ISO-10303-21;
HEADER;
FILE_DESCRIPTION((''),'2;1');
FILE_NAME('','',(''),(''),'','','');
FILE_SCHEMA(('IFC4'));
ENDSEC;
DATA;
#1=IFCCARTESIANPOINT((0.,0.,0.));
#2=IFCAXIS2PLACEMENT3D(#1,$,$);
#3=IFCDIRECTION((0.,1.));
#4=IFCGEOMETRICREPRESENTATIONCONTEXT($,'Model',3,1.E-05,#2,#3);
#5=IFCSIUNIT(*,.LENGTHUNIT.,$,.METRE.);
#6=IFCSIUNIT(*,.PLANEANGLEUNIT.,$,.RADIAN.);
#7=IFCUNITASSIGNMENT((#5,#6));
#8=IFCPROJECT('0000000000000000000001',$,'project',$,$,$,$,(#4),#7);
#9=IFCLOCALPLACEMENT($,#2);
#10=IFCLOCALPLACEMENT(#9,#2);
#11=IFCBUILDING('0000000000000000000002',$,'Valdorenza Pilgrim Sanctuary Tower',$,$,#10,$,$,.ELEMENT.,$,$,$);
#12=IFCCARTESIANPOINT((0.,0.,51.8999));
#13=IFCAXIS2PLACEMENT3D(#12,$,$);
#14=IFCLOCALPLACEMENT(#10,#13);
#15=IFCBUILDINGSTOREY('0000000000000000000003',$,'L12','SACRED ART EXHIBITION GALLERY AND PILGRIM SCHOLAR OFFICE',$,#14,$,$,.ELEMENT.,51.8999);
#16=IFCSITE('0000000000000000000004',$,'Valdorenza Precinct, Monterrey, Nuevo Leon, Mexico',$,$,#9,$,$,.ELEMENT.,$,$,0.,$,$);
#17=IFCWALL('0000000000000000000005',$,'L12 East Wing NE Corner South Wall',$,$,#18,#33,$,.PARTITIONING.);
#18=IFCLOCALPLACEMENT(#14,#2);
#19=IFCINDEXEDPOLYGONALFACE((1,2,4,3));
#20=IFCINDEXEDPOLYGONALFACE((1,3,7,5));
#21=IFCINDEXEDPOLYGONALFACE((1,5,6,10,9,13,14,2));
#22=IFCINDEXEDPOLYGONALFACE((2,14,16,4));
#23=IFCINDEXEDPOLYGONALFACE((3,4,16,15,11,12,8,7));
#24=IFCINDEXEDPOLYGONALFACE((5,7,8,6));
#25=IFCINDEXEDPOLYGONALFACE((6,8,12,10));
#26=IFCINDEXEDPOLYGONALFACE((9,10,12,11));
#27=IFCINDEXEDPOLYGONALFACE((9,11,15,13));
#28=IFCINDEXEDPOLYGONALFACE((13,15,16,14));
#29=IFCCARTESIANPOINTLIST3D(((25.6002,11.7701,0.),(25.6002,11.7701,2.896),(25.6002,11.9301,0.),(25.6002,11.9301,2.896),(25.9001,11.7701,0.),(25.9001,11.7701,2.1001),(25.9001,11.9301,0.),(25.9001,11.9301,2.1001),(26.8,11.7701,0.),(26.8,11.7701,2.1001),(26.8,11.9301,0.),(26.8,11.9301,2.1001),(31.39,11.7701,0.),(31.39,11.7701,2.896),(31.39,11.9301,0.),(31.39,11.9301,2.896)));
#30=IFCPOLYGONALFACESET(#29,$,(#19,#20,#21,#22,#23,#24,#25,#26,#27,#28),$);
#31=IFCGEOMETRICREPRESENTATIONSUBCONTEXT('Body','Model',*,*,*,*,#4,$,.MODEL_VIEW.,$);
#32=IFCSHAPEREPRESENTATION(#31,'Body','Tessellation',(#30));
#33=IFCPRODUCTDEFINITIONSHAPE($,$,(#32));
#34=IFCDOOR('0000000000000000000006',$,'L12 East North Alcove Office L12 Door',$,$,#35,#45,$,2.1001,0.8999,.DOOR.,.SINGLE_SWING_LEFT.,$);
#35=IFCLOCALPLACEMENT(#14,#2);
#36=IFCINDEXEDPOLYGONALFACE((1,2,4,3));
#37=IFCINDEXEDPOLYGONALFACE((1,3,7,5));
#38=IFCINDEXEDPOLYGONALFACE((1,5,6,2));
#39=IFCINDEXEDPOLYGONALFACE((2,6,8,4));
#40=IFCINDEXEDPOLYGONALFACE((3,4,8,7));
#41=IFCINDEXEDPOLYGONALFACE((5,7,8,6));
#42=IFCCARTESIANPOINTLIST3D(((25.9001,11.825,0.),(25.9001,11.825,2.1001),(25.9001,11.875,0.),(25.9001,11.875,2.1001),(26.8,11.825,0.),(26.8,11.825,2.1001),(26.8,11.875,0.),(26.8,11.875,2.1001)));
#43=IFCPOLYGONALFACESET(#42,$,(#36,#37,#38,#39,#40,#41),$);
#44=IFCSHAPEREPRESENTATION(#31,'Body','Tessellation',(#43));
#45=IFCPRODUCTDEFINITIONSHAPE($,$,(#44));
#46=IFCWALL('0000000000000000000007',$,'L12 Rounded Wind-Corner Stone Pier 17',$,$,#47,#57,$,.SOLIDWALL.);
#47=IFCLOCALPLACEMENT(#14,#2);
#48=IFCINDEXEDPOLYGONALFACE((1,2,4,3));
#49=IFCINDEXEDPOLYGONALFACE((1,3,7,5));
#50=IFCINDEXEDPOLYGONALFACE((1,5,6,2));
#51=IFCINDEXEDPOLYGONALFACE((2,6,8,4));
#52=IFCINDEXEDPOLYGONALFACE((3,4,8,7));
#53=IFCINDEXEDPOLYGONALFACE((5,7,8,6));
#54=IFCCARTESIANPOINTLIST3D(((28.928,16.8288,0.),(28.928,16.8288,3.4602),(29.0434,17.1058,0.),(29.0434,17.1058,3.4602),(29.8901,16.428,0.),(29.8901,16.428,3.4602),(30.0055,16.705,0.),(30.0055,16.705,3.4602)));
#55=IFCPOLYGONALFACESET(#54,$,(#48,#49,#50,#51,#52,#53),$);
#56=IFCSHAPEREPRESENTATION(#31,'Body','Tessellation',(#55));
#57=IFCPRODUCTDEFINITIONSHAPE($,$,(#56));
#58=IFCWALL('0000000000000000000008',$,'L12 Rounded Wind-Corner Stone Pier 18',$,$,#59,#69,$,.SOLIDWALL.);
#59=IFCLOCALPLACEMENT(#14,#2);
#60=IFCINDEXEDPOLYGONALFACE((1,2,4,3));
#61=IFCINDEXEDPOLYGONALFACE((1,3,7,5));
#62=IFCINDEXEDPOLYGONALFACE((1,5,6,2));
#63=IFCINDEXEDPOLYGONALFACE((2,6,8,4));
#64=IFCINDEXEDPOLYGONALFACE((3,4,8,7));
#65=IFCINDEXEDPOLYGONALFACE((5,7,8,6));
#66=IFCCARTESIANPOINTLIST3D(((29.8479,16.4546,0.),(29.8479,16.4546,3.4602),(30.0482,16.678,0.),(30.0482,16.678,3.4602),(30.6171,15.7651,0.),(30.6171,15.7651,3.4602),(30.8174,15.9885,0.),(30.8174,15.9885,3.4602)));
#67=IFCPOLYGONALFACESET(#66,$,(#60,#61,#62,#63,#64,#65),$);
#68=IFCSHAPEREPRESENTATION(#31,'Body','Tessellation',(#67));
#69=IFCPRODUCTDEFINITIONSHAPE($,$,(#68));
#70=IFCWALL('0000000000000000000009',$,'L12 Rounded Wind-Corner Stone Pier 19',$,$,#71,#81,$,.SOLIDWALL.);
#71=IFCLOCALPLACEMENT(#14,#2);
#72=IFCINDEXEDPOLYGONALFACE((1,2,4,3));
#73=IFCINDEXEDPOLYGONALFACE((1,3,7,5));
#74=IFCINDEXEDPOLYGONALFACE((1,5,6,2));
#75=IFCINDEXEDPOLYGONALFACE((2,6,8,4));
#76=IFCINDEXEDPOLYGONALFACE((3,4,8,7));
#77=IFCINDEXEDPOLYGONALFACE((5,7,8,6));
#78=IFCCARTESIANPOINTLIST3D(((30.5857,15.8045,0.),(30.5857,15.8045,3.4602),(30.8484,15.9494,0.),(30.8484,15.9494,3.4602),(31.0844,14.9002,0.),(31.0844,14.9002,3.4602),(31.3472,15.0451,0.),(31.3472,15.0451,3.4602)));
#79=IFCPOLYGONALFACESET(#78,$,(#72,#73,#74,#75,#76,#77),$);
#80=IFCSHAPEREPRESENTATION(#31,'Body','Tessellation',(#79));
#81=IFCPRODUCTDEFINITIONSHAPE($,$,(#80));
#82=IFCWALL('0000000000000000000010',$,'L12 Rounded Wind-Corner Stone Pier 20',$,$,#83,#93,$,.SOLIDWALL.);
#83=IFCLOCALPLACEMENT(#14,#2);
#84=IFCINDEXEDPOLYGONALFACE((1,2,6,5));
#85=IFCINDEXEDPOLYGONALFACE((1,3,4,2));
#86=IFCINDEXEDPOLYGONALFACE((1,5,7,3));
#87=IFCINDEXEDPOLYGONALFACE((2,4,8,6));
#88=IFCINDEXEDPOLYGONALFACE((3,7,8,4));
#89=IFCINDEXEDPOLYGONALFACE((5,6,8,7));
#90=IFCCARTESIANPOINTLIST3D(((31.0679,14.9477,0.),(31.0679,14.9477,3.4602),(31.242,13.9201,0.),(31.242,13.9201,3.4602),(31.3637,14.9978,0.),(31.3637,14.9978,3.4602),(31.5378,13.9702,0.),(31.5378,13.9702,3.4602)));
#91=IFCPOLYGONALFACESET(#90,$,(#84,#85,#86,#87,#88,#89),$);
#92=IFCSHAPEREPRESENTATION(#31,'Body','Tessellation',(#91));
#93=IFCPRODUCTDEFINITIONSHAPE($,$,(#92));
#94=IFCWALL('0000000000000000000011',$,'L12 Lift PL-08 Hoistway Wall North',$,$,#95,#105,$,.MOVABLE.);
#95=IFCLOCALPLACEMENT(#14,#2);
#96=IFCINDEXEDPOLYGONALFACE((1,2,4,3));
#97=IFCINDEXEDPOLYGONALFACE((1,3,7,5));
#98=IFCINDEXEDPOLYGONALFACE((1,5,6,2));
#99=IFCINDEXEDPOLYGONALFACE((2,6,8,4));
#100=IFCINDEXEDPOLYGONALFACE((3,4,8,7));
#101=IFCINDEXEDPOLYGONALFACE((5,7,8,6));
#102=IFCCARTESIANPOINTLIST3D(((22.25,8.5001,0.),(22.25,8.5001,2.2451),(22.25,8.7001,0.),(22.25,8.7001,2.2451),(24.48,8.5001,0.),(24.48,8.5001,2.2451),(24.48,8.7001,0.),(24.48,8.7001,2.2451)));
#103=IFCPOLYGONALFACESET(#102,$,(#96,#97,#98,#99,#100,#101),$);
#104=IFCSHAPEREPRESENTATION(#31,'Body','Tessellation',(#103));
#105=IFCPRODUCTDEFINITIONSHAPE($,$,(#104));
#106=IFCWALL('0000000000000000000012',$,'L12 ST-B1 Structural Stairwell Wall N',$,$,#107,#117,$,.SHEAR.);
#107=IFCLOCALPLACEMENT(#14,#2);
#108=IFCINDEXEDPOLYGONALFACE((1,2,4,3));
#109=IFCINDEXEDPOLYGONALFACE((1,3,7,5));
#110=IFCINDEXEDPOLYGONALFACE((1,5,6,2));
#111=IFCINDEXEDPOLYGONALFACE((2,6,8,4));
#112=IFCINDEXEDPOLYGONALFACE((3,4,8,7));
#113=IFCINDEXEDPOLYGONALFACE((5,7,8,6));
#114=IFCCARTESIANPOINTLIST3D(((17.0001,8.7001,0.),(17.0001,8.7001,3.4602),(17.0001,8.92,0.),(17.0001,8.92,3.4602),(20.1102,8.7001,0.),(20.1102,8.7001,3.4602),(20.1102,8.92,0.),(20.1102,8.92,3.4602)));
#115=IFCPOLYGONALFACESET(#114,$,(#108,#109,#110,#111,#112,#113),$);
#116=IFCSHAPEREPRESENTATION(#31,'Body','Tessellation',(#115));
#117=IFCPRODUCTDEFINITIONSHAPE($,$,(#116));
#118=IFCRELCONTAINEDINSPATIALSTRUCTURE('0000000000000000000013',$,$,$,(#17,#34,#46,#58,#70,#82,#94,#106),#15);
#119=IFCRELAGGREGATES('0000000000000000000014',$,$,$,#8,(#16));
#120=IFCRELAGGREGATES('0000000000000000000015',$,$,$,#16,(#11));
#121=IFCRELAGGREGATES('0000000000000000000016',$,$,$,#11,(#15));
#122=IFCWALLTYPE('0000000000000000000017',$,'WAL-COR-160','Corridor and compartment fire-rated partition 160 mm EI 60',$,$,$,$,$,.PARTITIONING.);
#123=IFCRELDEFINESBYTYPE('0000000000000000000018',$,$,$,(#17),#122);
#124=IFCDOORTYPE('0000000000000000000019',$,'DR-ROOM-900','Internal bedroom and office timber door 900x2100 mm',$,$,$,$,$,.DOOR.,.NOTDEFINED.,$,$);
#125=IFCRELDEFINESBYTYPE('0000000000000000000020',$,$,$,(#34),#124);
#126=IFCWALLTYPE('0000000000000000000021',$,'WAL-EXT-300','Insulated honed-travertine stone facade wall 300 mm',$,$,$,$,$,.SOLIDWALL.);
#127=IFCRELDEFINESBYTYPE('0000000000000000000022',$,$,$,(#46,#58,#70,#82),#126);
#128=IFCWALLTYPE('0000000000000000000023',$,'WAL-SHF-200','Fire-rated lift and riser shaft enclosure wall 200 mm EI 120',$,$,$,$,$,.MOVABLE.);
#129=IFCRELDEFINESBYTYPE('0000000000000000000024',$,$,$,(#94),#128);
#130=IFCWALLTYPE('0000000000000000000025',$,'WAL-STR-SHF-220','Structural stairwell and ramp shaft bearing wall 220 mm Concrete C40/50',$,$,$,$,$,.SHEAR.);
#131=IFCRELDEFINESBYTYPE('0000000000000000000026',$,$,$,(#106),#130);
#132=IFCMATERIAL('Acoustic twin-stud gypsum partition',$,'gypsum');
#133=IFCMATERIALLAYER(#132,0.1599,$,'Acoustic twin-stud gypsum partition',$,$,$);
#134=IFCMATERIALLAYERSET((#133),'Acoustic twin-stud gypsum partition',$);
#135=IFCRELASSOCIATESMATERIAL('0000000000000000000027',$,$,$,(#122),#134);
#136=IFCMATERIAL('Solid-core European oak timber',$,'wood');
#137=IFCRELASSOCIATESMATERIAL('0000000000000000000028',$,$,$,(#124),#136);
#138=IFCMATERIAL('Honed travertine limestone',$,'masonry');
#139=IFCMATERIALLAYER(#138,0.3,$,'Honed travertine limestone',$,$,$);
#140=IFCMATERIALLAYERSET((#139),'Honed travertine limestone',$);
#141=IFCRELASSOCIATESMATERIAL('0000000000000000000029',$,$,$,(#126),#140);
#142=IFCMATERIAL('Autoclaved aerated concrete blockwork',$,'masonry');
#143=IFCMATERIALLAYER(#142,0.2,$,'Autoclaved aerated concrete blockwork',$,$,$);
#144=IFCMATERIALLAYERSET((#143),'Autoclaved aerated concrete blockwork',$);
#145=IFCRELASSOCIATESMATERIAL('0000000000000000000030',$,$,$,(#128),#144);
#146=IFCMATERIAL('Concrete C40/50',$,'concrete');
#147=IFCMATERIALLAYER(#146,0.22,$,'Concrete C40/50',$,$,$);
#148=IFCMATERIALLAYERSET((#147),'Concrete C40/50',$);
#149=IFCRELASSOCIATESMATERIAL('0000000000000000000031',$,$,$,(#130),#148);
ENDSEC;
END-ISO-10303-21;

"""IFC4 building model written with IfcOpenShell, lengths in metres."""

from ifc_helpers import new_model, si_unit, direction, frame, frame_2d, origin, place, context, subcontext, project, spatial, rectangle, extrude, material, layer, layer_set, type_object, element, fill, save


model = new_model("IFC4")

# Units and contexts
model_context = context("Model", 3, precision=1e-05, world=origin(), true_north=direction((0.0, 1.0)))
body_context = subcontext(model_context, "Body", "Model", "MODEL_VIEW")
ifc_project = project(units=[si_unit("LENGTHUNIT", "METRE"), si_unit("PLANEANGLEUNIT", "RADIAN")], contexts=[model_context])

# Site, building, storey
site_placement = place(None, origin())
site = spatial("IfcSite", under=ifc_project, at=site_placement, Name="Valdorenza Precinct, Monterrey, Nuevo Leon, Mexico", CompositionType="ELEMENT", RefElevation=0.0)
building_placement = place(site_placement, origin())
building = spatial("IfcBuilding", under=site, at=building_placement, Name="Valdorenza Pilgrim Sanctuary Tower", CompositionType="ELEMENT")
storey_placement = place(building_placement, frame((0.0, 0.0, 51.8999)))
storey = spatial("IfcBuildingStorey", under=building, at=storey_placement, Name="L12", Description="SACRED ART EXHIBITION GALLERY AND PILGRIM SCHOLAR OFFICE", CompositionType="ELEMENT", Elevation=51.8999)

# Shared definitions
ifc_material_1 = material(Name="Honed travertine limestone", Category="masonry")

# Shared definitions
ifc_material_2 = material(Name="Acoustic twin-stud gypsum partition", Category="gypsum")
ifc_layer_1 = layer(ifc_material_2, 0.1599, Name="Acoustic twin-stud gypsum partition")
ifc_layer_set_1 = layer_set([ifc_layer_1], Name="Acoustic twin-stud gypsum partition")
wall_type_1 = type_object("IfcWallType", Name="WAL-COR-160", Description="Corridor and compartment fire-rated partition 160 mm EI 60", PredefinedType="PARTITIONING", material=ifc_layer_set_1)

# Wall, opening, door
wall_1_placement = place(storey_placement, frame((25.6001, 11.8501, 0.0), z_axis=(0.0, 0.0, 1.0), x_axis=(1.0, 0.0, 0.0)))
wall_1 = element("IfcWall", 1, at=wall_1_placement, inside=storey, type_object=wall_type_1, Name="L12 East Wing NE Corner South Wall", PredefinedType="PARTITIONING", context=body_context, shape_type="SweptSolid", body=[
    extrude(rectangle(XDim=5.7898, YDim=0.1599, at=frame_2d((2.895, 0.0))), origin(), (0.0, 0.0, 1.0), 2.896),
])
opening_placement = place(wall_1_placement, frame((0.3, 0.0, 0.0)))
opening = element("IfcOpeningElement", 2, at=opening_placement, cuts=wall_1, PredefinedType="OPENING", context=body_context, shape_type="SweptSolid", body=[
    extrude(rectangle(XDim=0.8999, YDim=2.1001, at=frame_2d((0.45, 1.05))), frame((0.0, 0.0947, 0.0), z_axis=(0.0, -1.0, 0.0), x_axis=(1.0, 0.0, 0.0)), (0.0, 0.0, 1.0), 0.1897),
])
ifc_material_3 = material(Name="Solid-core European oak timber", Category="wood")
door_type = type_object("IfcDoorType", Name="DR-ROOM-900", Description="Internal bedroom and office timber door 900x2100 mm", OperationType="NOTDEFINED", PredefinedType="DOOR", material=ifc_material_3)
door_placement = place(opening_placement, origin())
door = element("IfcDoor", 3, at=door_placement, inside=storey, type_object=door_type, Name="L12 East North Alcove Office L12 Door", OperationType="SINGLE_SWING_LEFT", OverallHeight=2.1001, OverallWidth=0.8999, PredefinedType="DOOR", context=body_context, shape_type="SweptSolid", body=[
    extrude(rectangle(XDim=0.8999, YDim=2.1001, at=frame_2d((0.45, 1.05))), frame((0.0, 0.0249, 0.0), z_axis=(0.0, -1.0, 0.0), x_axis=(1.0, 0.0, 0.0)), (0.0, 0.0, 1.0), 0.05),
])
fill(opening, door)

# Walls
ifc_layer_2 = layer(ifc_material_1, 0.3, Name="Honed travertine limestone")
ifc_layer_set_2 = layer_set([ifc_layer_2], Name="Honed travertine limestone")
wall_type_2 = type_object("IfcWallType", Name="WAL-EXT-300", Description="Insulated honed-travertine stone facade wall 300 mm", PredefinedType="SOLIDWALL", material=ifc_layer_set_2)
wall_2_placement = place(storey_placement, frame((28.9858, 16.9673, 0.0), z_axis=(0.0, 0.0, 1.0), x_axis=(0.923084, -0.384599, 0.0)))
element("IfcWall", 4, at=wall_2_placement, inside=storey, type_object=wall_type_2, Name="L12 Rounded Wind-Corner Stone Pier 17", PredefinedType="SOLIDWALL", context=body_context, shape_type="SweptSolid", body=[
    extrude(rectangle(XDim=1.0422, YDim=0.3, at=frame_2d((0.521, 0.0))), origin(), (0.0, 0.0, 1.0), 3.4602),
])
wall_3_placement = place(storey_placement, frame((29.948, 16.5664, 0.0), z_axis=(0.0, 0.0, 1.0), x_axis=(0.744586, -0.667527, 0.0)))
element("IfcWall", 5, at=wall_3_placement, inside=storey, type_object=wall_type_2, Name="L12 Rounded Wind-Corner Stone Pier 18", PredefinedType="SOLIDWALL", context=body_context, shape_type="SweptSolid", body=[
    extrude(rectangle(XDim=1.033, YDim=0.3, at=frame_2d((0.5166, 0.0))), origin(), (0.0, 0.0, 1.0), 3.4602),
])
wall_4_placement = place(storey_placement, frame((30.717, 15.877, 0.0), z_axis=(0.0, 0.0, 1.0), x_axis=(0.482971, -0.875636, 0.0)))
element("IfcWall", 6, at=wall_4_placement, inside=storey, type_object=wall_type_2, Name="L12 Rounded Wind-Corner Stone Pier 19", PredefinedType="SOLIDWALL", context=body_context, shape_type="SweptSolid", body=[
    extrude(rectangle(XDim=1.0327, YDim=0.3, at=frame_2d((0.5164, 0.0))), origin(), (0.0, 0.0, 1.0), 3.4602),
])
wall_5_placement = place(storey_placement, frame((31.2158, 14.9727, 0.0), z_axis=(0.0, 0.0, 1.0), x_axis=(0.167019, -0.985954, 0.0)))
element("IfcWall", 7, at=wall_5_placement, inside=storey, type_object=wall_type_2, Name="L12 Rounded Wind-Corner Stone Pier 20", PredefinedType="SOLIDWALL", context=body_context, shape_type="SweptSolid", body=[
    extrude(rectangle(XDim=1.0422, YDim=0.3, at=frame_2d((0.521, 0.0))), origin(), (0.0, 0.0, 1.0), 3.4602),
])
ifc_material_4 = material(Name="Autoclaved aerated concrete blockwork", Category="masonry")
ifc_layer_3 = layer(ifc_material_4, 0.2, Name="Autoclaved aerated concrete blockwork")
ifc_layer_set_3 = layer_set([ifc_layer_3], Name="Autoclaved aerated concrete blockwork")
wall_type_3 = type_object("IfcWallType", Name="WAL-SHF-200", Description="Fire-rated lift and riser shaft enclosure wall 200 mm EI 120", PredefinedType="MOVABLE", material=ifc_layer_set_3)
wall_6_placement = place(storey_placement, frame((22.25, 8.6001, 0.0), z_axis=(0.0, 0.0, 1.0), x_axis=(1.0, 0.0, 0.0)))
element("IfcWall", 8, at=wall_6_placement, inside=storey, type_object=wall_type_3, Name="L12 Lift PL-08 Hoistway Wall North", PredefinedType="MOVABLE", context=body_context, shape_type="SweptSolid", body=[
    extrude(rectangle(XDim=2.23, YDim=0.2, at=frame_2d((1.115, 0.0))), origin(), (0.0, 0.0, 1.0), 2.2451),
])
ifc_material_5 = material(Name="Concrete C40/50", Category="concrete")
ifc_layer_4 = layer(ifc_material_5, 0.22, Name="Concrete C40/50")
ifc_layer_set_4 = layer_set([ifc_layer_4], Name="Concrete C40/50")
wall_type_4 = type_object("IfcWallType", Name="WAL-STR-SHF-220", Description="Structural stairwell and ramp shaft bearing wall 220 mm Concrete C40/50", PredefinedType="SHEAR", material=ifc_layer_set_4)
wall_7_placement = place(storey_placement, frame((17.0, 8.8101, 0.0), z_axis=(0.0, 0.0, 1.0), x_axis=(1.0, 0.0, 0.0)))
element("IfcWall", 9, at=wall_7_placement, inside=storey, type_object=wall_type_4, Name="L12 ST-B1 Structural Stairwell Wall N", PredefinedType="SHEAR", context=body_context, shape_type="SweptSolid", body=[
    extrude(rectangle(XDim=3.1101, YDim=0.22, at=frame_2d((1.5552, 0.0))), origin(), (0.0, 0.0, 1.0), 3.4602),
])

save(model, "model.ifc")
